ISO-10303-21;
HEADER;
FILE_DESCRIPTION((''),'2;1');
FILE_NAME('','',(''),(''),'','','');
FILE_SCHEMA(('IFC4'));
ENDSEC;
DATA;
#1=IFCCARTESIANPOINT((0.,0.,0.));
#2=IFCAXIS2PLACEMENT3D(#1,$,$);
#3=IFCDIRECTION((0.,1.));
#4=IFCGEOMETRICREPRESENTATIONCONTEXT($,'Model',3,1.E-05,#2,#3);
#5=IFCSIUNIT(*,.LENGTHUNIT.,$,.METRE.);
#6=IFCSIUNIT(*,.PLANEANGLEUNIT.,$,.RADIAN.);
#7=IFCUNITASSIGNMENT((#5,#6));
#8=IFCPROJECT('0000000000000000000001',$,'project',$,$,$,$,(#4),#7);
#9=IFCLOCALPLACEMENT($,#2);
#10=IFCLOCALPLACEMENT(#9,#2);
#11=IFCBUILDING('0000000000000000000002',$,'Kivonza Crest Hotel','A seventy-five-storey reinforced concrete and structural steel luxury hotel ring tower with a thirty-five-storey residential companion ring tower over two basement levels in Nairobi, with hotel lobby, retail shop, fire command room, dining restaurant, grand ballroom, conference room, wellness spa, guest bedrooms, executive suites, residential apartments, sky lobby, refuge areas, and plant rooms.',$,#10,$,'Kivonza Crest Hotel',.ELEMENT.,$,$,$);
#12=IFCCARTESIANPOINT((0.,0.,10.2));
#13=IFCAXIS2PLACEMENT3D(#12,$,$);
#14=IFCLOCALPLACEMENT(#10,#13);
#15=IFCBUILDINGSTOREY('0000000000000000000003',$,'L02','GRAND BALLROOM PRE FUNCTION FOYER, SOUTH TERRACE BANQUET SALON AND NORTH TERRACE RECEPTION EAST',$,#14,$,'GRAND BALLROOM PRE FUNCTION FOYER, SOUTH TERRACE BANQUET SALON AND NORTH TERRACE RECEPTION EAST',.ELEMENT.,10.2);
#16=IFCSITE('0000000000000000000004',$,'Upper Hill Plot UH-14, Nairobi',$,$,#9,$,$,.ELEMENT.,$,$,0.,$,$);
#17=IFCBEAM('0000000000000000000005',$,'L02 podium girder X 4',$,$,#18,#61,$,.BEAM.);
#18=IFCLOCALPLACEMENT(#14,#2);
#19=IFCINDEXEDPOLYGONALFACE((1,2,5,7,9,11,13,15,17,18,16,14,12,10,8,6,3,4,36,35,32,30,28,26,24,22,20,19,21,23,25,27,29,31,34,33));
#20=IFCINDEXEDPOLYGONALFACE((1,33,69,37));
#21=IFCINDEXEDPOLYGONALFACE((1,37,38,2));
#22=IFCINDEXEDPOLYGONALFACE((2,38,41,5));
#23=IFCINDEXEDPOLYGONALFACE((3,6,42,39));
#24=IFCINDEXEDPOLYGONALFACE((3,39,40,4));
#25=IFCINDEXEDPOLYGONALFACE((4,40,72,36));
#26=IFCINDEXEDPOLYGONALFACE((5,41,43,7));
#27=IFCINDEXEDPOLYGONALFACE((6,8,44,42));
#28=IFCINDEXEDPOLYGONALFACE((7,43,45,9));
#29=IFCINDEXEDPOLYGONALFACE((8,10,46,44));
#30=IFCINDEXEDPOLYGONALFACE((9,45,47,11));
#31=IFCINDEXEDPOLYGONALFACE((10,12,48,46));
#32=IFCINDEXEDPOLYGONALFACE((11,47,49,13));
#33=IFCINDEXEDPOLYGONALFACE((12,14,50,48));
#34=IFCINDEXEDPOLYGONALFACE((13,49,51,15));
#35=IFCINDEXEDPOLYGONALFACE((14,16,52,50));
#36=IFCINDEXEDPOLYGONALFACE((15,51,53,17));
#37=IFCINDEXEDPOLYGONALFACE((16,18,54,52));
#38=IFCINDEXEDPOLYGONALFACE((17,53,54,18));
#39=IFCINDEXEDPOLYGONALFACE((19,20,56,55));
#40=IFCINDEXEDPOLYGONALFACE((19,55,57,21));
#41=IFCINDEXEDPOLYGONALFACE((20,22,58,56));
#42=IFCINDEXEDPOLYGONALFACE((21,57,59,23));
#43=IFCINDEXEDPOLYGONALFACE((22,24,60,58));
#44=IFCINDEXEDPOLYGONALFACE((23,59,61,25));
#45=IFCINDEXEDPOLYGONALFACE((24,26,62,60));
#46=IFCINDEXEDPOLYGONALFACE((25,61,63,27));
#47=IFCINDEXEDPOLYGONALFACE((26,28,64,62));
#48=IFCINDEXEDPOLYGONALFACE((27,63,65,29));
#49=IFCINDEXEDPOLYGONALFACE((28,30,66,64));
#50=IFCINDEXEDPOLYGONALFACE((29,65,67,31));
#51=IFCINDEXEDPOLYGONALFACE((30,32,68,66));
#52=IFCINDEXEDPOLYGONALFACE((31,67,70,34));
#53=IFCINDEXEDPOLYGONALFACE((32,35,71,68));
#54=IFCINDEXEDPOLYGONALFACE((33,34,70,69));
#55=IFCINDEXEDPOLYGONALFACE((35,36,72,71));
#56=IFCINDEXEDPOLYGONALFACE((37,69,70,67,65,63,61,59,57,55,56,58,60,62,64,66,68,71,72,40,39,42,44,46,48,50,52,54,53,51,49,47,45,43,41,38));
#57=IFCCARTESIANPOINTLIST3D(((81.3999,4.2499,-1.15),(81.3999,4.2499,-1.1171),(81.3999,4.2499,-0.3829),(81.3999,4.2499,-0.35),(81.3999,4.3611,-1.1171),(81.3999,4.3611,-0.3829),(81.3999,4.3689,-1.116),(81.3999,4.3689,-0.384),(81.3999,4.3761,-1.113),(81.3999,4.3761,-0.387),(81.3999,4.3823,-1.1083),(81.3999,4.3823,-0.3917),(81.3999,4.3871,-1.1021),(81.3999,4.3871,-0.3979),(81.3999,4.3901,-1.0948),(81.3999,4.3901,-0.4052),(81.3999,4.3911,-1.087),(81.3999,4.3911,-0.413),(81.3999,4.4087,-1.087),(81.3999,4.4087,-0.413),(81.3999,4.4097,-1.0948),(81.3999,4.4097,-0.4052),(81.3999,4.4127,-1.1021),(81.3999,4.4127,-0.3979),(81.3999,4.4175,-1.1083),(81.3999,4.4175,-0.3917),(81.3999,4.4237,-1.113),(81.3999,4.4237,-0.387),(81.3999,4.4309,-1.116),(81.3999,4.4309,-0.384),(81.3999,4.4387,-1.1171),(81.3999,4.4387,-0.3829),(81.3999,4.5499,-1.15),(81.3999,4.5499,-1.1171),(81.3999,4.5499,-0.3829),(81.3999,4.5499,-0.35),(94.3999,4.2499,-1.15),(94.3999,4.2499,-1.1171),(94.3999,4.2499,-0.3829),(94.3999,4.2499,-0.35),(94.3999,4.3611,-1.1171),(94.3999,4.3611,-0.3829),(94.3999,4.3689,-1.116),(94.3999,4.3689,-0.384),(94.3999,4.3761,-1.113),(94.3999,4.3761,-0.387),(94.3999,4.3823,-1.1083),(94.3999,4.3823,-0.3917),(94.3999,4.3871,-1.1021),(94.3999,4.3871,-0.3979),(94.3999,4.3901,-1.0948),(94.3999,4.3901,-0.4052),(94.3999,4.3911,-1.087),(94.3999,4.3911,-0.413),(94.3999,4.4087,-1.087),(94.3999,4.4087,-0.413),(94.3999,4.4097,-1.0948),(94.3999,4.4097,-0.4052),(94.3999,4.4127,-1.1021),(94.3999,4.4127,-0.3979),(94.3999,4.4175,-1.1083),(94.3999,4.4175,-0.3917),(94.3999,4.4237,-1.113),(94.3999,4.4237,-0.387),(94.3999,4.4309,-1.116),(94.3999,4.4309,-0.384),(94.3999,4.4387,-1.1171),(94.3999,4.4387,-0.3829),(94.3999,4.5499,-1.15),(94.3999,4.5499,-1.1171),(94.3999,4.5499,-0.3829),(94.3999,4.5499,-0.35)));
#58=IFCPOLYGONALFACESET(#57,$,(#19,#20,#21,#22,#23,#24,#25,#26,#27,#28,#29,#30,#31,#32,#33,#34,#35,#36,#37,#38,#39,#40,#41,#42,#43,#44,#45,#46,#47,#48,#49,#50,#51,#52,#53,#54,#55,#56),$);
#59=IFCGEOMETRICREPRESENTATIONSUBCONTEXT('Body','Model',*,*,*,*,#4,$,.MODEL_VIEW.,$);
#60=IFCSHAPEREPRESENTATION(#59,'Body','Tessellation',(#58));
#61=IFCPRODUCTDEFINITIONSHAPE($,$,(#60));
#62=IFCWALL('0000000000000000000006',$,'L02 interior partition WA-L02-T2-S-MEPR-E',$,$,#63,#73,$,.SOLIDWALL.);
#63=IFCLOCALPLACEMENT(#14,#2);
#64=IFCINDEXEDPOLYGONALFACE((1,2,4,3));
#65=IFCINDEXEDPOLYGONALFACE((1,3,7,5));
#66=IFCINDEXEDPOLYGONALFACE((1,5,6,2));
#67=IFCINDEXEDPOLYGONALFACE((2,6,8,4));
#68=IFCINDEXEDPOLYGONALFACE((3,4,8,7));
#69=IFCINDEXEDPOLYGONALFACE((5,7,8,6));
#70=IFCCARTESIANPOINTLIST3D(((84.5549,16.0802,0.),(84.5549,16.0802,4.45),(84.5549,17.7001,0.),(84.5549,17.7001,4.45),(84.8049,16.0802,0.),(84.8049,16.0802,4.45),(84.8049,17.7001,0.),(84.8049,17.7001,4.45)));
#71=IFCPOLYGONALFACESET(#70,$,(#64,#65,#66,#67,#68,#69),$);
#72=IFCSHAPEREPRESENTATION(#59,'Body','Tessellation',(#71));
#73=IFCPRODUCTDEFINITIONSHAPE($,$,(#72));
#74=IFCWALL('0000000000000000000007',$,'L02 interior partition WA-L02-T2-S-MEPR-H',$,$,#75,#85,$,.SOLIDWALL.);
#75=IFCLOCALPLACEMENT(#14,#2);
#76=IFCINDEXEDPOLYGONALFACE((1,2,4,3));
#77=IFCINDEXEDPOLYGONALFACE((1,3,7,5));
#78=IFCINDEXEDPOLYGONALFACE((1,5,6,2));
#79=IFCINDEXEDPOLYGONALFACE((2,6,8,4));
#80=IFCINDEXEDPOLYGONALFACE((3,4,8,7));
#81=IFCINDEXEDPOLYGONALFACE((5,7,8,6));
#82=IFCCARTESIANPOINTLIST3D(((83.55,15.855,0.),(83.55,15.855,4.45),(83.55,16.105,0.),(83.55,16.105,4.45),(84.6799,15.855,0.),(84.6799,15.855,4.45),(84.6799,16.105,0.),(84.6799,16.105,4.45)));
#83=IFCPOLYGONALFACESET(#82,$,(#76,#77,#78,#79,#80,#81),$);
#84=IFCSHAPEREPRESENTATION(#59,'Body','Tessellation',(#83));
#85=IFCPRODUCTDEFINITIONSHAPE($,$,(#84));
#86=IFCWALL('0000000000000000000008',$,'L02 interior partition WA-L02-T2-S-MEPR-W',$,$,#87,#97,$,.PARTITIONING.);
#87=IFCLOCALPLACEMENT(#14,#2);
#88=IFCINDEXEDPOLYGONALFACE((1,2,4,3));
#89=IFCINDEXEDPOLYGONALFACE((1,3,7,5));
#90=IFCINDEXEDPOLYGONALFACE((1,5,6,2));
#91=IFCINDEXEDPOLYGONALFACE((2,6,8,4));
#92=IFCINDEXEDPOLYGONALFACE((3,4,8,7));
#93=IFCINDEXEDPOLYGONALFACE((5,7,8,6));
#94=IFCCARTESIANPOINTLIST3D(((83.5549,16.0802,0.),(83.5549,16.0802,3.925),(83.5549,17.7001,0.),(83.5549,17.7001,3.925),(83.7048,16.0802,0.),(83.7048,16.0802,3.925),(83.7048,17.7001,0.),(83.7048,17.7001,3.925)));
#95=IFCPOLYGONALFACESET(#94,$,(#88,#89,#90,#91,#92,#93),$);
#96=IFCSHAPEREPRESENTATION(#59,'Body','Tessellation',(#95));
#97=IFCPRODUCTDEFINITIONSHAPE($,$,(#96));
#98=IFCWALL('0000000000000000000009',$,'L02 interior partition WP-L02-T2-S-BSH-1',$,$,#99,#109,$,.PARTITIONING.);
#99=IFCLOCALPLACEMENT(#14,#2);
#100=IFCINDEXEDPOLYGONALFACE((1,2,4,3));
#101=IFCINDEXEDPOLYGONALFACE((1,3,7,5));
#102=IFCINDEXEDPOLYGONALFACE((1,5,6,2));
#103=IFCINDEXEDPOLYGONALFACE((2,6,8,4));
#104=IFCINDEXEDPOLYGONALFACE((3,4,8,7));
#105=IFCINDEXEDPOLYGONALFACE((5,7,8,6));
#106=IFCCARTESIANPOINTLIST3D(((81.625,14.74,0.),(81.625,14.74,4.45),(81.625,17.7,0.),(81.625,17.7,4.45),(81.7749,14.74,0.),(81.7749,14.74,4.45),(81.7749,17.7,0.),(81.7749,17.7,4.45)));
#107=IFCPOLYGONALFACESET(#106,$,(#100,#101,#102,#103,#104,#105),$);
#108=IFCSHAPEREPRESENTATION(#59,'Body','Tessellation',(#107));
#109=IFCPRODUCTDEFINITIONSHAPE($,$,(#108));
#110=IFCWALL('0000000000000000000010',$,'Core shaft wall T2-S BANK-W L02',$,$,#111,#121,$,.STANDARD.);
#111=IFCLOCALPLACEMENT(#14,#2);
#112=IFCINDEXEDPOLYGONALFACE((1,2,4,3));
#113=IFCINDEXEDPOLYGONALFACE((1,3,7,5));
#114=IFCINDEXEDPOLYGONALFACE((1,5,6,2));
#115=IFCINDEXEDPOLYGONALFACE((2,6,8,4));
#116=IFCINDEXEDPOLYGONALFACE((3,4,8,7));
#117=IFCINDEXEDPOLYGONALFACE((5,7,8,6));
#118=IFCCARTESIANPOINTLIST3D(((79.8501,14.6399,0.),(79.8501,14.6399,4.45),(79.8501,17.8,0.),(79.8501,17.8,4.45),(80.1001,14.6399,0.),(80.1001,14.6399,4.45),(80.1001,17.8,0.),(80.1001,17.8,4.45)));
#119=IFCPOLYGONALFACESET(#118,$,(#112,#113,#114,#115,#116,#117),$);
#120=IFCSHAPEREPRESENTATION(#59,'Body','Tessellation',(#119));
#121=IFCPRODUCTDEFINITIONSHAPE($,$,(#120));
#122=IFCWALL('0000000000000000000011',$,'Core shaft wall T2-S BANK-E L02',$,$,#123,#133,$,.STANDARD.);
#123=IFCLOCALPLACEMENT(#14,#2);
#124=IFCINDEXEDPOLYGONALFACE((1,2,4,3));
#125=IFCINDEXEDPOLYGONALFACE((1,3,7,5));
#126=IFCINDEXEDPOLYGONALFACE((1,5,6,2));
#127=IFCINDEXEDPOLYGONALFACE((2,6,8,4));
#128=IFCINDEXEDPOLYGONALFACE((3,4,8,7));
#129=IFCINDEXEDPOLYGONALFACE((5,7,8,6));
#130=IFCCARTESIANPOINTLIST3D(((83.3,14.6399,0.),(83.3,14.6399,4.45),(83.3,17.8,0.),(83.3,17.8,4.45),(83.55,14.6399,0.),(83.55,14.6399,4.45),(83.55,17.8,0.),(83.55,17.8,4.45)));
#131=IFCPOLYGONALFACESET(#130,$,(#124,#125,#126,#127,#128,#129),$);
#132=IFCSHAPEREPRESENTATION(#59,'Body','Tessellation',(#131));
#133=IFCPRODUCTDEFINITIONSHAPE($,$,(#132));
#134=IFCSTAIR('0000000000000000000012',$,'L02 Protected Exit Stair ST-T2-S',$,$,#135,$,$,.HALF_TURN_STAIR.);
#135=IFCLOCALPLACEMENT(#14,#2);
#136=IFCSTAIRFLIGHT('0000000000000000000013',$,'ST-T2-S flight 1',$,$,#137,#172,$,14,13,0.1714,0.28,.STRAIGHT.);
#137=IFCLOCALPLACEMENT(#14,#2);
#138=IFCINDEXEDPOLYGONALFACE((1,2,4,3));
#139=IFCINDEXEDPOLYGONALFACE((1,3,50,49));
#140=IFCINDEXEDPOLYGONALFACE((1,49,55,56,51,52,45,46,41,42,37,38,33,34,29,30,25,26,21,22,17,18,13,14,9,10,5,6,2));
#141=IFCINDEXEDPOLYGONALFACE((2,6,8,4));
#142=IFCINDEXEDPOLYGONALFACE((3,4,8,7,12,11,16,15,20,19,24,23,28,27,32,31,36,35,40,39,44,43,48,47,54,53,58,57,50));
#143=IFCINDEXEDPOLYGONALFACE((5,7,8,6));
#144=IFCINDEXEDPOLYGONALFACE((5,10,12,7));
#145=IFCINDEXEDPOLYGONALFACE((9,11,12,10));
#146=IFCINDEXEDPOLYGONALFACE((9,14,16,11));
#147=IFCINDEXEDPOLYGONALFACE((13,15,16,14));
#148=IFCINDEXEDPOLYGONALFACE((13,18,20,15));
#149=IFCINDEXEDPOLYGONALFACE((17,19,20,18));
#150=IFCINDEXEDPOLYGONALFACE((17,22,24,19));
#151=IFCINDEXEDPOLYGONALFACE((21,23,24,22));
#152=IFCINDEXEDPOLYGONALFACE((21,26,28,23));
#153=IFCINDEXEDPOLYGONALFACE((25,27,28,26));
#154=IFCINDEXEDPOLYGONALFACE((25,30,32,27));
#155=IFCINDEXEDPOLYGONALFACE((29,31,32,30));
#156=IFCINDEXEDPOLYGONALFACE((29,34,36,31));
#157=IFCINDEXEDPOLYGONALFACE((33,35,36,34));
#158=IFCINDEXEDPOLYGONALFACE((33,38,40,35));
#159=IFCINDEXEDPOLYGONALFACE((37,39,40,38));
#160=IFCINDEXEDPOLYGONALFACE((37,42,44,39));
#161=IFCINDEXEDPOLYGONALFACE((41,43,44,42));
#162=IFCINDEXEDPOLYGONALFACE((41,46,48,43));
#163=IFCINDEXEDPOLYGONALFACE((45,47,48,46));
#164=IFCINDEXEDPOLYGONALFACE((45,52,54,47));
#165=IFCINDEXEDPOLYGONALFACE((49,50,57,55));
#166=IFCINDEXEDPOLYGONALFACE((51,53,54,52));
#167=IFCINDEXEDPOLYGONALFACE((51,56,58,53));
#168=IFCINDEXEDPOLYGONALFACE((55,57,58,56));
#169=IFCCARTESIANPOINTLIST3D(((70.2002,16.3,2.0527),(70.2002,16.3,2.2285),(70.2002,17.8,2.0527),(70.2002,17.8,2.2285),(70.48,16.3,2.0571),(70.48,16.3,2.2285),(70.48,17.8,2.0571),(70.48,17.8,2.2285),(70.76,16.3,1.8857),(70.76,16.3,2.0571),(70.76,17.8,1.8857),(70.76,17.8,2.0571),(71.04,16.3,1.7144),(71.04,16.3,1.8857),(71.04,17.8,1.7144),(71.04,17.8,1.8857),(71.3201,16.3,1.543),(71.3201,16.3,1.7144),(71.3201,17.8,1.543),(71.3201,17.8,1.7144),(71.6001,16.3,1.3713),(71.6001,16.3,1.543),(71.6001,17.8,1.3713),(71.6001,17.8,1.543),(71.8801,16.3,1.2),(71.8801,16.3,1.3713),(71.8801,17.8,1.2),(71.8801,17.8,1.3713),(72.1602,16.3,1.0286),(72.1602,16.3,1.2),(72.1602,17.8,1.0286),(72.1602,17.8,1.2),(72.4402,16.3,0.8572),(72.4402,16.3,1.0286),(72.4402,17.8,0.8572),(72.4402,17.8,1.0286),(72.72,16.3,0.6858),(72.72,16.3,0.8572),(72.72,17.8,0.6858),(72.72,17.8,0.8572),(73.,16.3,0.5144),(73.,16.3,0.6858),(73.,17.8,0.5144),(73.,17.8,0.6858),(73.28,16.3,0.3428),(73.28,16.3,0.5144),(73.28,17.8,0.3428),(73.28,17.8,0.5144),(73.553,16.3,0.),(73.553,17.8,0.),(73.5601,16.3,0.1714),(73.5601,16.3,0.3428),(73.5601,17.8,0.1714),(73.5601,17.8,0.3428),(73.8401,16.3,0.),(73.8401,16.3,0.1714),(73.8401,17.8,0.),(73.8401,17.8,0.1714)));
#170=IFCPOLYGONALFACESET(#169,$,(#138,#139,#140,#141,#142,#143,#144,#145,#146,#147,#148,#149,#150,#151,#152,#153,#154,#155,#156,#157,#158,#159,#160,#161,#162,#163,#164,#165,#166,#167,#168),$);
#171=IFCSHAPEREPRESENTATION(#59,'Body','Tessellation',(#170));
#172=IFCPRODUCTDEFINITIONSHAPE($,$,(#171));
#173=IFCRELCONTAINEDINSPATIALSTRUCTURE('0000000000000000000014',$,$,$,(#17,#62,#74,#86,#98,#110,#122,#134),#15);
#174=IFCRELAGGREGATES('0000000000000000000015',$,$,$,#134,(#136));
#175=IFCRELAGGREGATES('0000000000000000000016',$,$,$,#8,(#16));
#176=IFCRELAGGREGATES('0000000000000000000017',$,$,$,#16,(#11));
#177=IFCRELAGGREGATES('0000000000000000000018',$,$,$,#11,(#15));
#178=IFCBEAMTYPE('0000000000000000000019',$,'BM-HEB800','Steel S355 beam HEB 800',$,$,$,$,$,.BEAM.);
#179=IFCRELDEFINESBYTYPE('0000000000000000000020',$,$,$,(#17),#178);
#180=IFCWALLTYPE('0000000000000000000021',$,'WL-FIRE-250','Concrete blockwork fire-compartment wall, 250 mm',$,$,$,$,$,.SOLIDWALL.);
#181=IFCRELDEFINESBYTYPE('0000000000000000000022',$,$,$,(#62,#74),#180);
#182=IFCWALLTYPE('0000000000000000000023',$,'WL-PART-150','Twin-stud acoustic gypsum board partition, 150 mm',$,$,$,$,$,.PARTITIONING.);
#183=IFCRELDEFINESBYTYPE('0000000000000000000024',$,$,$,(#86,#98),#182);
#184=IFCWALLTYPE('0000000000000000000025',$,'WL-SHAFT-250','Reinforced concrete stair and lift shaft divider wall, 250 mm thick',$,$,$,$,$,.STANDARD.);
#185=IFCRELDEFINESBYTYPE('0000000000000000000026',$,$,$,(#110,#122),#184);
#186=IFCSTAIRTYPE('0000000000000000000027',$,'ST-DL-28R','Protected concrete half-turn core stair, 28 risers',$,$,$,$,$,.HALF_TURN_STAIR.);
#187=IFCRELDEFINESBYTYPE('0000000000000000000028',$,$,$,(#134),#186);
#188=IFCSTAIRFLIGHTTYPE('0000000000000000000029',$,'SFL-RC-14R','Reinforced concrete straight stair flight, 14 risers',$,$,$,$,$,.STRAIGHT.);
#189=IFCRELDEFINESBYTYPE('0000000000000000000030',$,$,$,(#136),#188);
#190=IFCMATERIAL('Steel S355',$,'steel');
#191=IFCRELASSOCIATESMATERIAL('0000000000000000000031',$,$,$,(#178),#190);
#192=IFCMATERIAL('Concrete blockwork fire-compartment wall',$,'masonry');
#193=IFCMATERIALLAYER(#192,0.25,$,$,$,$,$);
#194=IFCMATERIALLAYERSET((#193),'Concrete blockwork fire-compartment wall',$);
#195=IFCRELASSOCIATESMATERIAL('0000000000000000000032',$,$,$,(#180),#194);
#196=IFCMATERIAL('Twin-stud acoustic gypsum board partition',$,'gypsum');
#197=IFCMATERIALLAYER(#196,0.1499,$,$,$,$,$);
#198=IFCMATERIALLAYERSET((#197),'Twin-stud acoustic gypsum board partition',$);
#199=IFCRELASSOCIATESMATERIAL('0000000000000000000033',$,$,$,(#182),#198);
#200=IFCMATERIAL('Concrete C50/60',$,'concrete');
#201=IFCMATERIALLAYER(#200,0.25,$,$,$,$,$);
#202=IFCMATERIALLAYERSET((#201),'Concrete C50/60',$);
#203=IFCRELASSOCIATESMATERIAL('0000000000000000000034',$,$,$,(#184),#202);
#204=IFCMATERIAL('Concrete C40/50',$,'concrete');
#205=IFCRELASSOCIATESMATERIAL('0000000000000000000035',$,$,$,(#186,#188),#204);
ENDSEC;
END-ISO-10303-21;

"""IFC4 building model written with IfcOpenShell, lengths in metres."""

from ifc_helpers import new_model, si_unit, direction, frame, frame_2d, origin, origin_2d, place, context, subcontext, project, spatial, polyline, rectangle, i_section, outline, extrude, material, layer, layer_set, material_profile, profile_set, type_object, element, aggregate, save


model = new_model("IFC4")

# Units and contexts
model_context = context("Model", 3, precision=1e-05, world=origin(), true_north=direction((0.0, 1.0)))
body_context = subcontext(model_context, "Body", "Model", "MODEL_VIEW")
ifc_project = project(units=[si_unit("LENGTHUNIT", "METRE"), si_unit("PLANEANGLEUNIT", "RADIAN")], contexts=[model_context])

# Site, building, storey
site_placement = place(None, origin())
site = spatial("IfcSite", under=ifc_project, at=site_placement, Name="Upper Hill Plot UH-14, Nairobi", CompositionType="ELEMENT", RefElevation=0.0)
building_placement = place(site_placement, origin())
building = spatial("IfcBuilding", under=site, at=building_placement, Name="Kivonza Crest Hotel", Description="A seventy-five-storey reinforced concrete and structural steel luxury hotel ring tower with a thirty-five-storey residential companion ring tower over two basement levels in Nairobi, with hotel lobby, retail shop, fire command room, dining restaurant, grand ballroom, conference room, wellness spa, guest bedrooms, executive suites, residential apartments, sky lobby, refuge areas, and plant rooms.", LongName="Kivonza Crest Hotel", CompositionType="ELEMENT")
storey_placement = place(building_placement, frame((0.0, 0.0, 10.2)))
storey = spatial("IfcBuildingStorey", under=building, at=storey_placement, Name="L02", Description="GRAND BALLROOM PRE FUNCTION FOYER, SOUTH TERRACE BANQUET SALON AND NORTH TERRACE RECEPTION EAST", LongName="GRAND BALLROOM PRE FUNCTION FOYER, SOUTH TERRACE BANQUET SALON AND NORTH TERRACE RECEPTION EAST", CompositionType="ELEMENT", Elevation=10.2)

# Beam
ifc_material_1 = material(Name="Steel S355", Category="steel")
ifc_material_profile_1 = material_profile(ifc_material_1, i_section(OverallWidth=0.3, OverallDepth=0.8, WebThickness=0.0176, FlangeThickness=0.033, FilletRadius=0.03, at=origin_2d()), Name="HEB 800")
ifc_profile_set_1 = profile_set([ifc_material_profile_1], Name="Steel S355")
beam_type_1 = type_object("IfcBeamType", Name="BM-HEB800", Description="Steel S355 beam HEB 800", PredefinedType="BEAM", material=ifc_profile_set_1)
beam_1_placement = place(storey_placement, frame((81.3999, 4.3999, -0.75), z_axis=(1.0, 0.0, 0.0), x_axis=(0.0, 1.0, 0.0)))
element("IfcBeam", 1, at=beam_1_placement, inside=storey, type_object=beam_type_1, Name="L02 podium girder X 4", PredefinedType="BEAM", context=body_context, shape_type="SweptSolid", body=[
    extrude(i_section(OverallWidth=0.3, OverallDepth=0.8, WebThickness=0.0176, FlangeThickness=0.033, FilletRadius=0.03, at=origin_2d()), origin(), (0.0, 0.0, 1.0), 13.0),
])

# Walls
ifc_material_2 = material(Name="Concrete blockwork fire-compartment wall", Category="masonry")
ifc_layer_1 = layer(ifc_material_2, 0.25)
ifc_layer_set_1 = layer_set([ifc_layer_1], Name="Concrete blockwork fire-compartment wall")
wall_type_1 = type_object("IfcWallType", Name="WL-FIRE-250", Description="Concrete blockwork fire-compartment wall, 250 mm", PredefinedType="SOLIDWALL", material=ifc_layer_set_1)
wall_1_placement = place(storey_placement, frame((84.6799, 16.0801, 0.0), z_axis=(0.0, 0.0, 1.0), x_axis=(0.0, 1.0, 0.0)))
element("IfcWall", 2, at=wall_1_placement, inside=storey, type_object=wall_type_1, Name="L02 interior partition WA-L02-T2-S-MEPR-E", PredefinedType="SOLIDWALL", context=body_context, shape_type="SweptSolid", body=[
    extrude(rectangle(XDim=1.6199, YDim=0.25, at=frame_2d((0.8101, 0.0))), origin(), (0.0, 0.0, 1.0), 4.45),
])
wall_2_placement = place(storey_placement, frame((83.55, 15.98, 0.0), z_axis=(0.0, 0.0, 1.0), x_axis=(1.0, 0.0, 0.0)))
element("IfcWall", 3, at=wall_2_placement, inside=storey, type_object=wall_type_1, Name="L02 interior partition WA-L02-T2-S-MEPR-H", PredefinedType="SOLIDWALL", context=body_context, shape_type="SweptSolid", body=[
    extrude(rectangle(XDim=1.1299, YDim=0.25, at=frame_2d((0.5649, 0.0))), origin(), (0.0, 0.0, 1.0), 4.45),
])
ifc_material_3 = material(Name="Twin-stud acoustic gypsum board partition", Category="gypsum")
ifc_layer_2 = layer(ifc_material_3, 0.1499)
ifc_layer_set_2 = layer_set([ifc_layer_2], Name="Twin-stud acoustic gypsum board partition")
wall_type_2 = type_object("IfcWallType", Name="WL-PART-150", Description="Twin-stud acoustic gypsum board partition, 150 mm", PredefinedType="PARTITIONING", material=ifc_layer_set_2)
wall_3_placement = place(storey_placement, frame((83.6299, 16.0801, 0.0), z_axis=(0.0, 0.0, 1.0), x_axis=(0.0, 1.0, 0.0)))
element("IfcWall", 4, at=wall_3_placement, inside=storey, type_object=wall_type_2, Name="L02 interior partition WA-L02-T2-S-MEPR-W", PredefinedType="PARTITIONING", context=body_context, shape_type="SweptSolid", body=[
    extrude(rectangle(XDim=1.6199, YDim=0.1499, at=frame_2d((0.8101, 0.0))), origin(), (0.0, 0.0, 1.0), 3.925),
])
wall_4_placement = place(storey_placement, frame((81.7, 14.74, 0.0), z_axis=(0.0, 0.0, 1.0), x_axis=(0.0, 1.0, 0.0)))
element("IfcWall", 5, at=wall_4_placement, inside=storey, type_object=wall_type_2, Name="L02 interior partition WP-L02-T2-S-BSH-1", PredefinedType="PARTITIONING", context=body_context, shape_type="SweptSolid", body=[
    extrude(rectangle(XDim=2.96, YDim=0.1499, at=frame_2d((1.48, 0.0))), origin(), (0.0, 0.0, 1.0), 4.45),
])

# Shared definitions
ifc_material_4 = material(Name="Concrete C50/60", Category="concrete")
ifc_layer_3 = layer(ifc_material_4, 0.25)
ifc_layer_set_3 = layer_set([ifc_layer_3], Name="Concrete C50/60")
wall_type_3 = type_object("IfcWallType", Name="WL-SHAFT-250", Description="Reinforced concrete stair and lift shaft divider wall, 250 mm thick", PredefinedType="STANDARD", material=ifc_layer_set_3)

# Walls
for number, where, z_axis, x_axis, name in (
    (6, (79.9751, 14.6399, 0.0), (0.0, 0.0, 1.0), (0.0, 1.0, 0.0), "Core shaft wall T2-S BANK-W L02"),
    (7, (83.425, 14.6399, 0.0), (0.0, 0.0, 1.0), (0.0, 1.0, 0.0), "Core shaft wall T2-S BANK-E L02"),
):
    element("IfcWall", number, at=place(storey_placement, frame(where, z_axis=z_axis, x_axis=x_axis)), inside=storey, type_object=wall_type_3, Name=name, PredefinedType="STANDARD", context=body_context, shape_type="SweptSolid", body=[
        extrude(rectangle(XDim=3.1602, YDim=0.25, at=frame_2d((1.5801, 0.0))), origin(), (0.0, 0.0, 1.0), 4.45),
    ])

# Stair, stair flight
ifc_material_5 = material(Name="Concrete C40/50", Category="concrete")
stair_type = type_object("IfcStairType", Name="ST-DL-28R", Description="Protected concrete half-turn core stair, 28 risers", PredefinedType="HALF_TURN_STAIR", material=ifc_material_5)
stair_placement = place(storey_placement, origin())
stair = element("IfcStair", 8, at=stair_placement, inside=storey, type_object=stair_type, Name="L02 Protected Exit Stair ST-T2-S", PredefinedType="HALF_TURN_STAIR")
stair_flight_type = type_object("IfcStairFlightType", Name="SFL-RC-14R", Description="Reinforced concrete straight stair flight, 14 risers", PredefinedType="STRAIGHT", material=ifc_material_5)
stair_flight_placement = place(storey_placement, frame((73.8401, 17.05, 0.0), z_axis=(0.0, 0.0, 1.0), x_axis=(-1.0, 0.0, 0.0)))
stair_flight = element("IfcStairFlight", 9, at=stair_flight_placement, type_object=stair_flight_type, Name="ST-T2-S flight 1", NumberOfRisers=14, NumberOfTreads=13, PredefinedType="STRAIGHT", RiserHeight=0.1714, TreadLength=0.28, context=body_context, shape_type="SweptSolid", body=[
    extrude(outline(polyline([(0.0, 0.0), (0.0, 0.1714), (0.28, 0.1714), (0.28, 0.3428), (0.5601, 0.3428), (0.5601, 0.5144), (0.8401, 0.5144), (0.8401, 0.6858), (1.1201, 0.6858), (1.1201, 0.8572), (1.3999, 0.8572), (1.3999, 1.0286), (1.6799, 1.0286), (1.6799, 1.2), (1.96, 1.2), (1.96, 1.3713), (2.24, 1.3713), (2.24, 1.543), (2.52, 1.543), (2.52, 1.7144), (2.8, 1.7144), (2.8, 1.8857), (3.0801, 1.8857), (3.0801, 2.0571), (3.3601, 2.0571), (3.3601, 2.2285), (3.6399, 2.2285), (3.6399, 2.3999), (3.6399, 2.0527), (0.2871, 0.0), (0.0, 0.0)])), frame((0.0, 0.75, 0.0), z_axis=(0.0, -1.0, 0.0), x_axis=(1.0, 0.0, 0.0)), (0.0, 0.0, 1.0), 1.5),
])
aggregate(stair, [stair_flight])

save(model, "model.ifc")
